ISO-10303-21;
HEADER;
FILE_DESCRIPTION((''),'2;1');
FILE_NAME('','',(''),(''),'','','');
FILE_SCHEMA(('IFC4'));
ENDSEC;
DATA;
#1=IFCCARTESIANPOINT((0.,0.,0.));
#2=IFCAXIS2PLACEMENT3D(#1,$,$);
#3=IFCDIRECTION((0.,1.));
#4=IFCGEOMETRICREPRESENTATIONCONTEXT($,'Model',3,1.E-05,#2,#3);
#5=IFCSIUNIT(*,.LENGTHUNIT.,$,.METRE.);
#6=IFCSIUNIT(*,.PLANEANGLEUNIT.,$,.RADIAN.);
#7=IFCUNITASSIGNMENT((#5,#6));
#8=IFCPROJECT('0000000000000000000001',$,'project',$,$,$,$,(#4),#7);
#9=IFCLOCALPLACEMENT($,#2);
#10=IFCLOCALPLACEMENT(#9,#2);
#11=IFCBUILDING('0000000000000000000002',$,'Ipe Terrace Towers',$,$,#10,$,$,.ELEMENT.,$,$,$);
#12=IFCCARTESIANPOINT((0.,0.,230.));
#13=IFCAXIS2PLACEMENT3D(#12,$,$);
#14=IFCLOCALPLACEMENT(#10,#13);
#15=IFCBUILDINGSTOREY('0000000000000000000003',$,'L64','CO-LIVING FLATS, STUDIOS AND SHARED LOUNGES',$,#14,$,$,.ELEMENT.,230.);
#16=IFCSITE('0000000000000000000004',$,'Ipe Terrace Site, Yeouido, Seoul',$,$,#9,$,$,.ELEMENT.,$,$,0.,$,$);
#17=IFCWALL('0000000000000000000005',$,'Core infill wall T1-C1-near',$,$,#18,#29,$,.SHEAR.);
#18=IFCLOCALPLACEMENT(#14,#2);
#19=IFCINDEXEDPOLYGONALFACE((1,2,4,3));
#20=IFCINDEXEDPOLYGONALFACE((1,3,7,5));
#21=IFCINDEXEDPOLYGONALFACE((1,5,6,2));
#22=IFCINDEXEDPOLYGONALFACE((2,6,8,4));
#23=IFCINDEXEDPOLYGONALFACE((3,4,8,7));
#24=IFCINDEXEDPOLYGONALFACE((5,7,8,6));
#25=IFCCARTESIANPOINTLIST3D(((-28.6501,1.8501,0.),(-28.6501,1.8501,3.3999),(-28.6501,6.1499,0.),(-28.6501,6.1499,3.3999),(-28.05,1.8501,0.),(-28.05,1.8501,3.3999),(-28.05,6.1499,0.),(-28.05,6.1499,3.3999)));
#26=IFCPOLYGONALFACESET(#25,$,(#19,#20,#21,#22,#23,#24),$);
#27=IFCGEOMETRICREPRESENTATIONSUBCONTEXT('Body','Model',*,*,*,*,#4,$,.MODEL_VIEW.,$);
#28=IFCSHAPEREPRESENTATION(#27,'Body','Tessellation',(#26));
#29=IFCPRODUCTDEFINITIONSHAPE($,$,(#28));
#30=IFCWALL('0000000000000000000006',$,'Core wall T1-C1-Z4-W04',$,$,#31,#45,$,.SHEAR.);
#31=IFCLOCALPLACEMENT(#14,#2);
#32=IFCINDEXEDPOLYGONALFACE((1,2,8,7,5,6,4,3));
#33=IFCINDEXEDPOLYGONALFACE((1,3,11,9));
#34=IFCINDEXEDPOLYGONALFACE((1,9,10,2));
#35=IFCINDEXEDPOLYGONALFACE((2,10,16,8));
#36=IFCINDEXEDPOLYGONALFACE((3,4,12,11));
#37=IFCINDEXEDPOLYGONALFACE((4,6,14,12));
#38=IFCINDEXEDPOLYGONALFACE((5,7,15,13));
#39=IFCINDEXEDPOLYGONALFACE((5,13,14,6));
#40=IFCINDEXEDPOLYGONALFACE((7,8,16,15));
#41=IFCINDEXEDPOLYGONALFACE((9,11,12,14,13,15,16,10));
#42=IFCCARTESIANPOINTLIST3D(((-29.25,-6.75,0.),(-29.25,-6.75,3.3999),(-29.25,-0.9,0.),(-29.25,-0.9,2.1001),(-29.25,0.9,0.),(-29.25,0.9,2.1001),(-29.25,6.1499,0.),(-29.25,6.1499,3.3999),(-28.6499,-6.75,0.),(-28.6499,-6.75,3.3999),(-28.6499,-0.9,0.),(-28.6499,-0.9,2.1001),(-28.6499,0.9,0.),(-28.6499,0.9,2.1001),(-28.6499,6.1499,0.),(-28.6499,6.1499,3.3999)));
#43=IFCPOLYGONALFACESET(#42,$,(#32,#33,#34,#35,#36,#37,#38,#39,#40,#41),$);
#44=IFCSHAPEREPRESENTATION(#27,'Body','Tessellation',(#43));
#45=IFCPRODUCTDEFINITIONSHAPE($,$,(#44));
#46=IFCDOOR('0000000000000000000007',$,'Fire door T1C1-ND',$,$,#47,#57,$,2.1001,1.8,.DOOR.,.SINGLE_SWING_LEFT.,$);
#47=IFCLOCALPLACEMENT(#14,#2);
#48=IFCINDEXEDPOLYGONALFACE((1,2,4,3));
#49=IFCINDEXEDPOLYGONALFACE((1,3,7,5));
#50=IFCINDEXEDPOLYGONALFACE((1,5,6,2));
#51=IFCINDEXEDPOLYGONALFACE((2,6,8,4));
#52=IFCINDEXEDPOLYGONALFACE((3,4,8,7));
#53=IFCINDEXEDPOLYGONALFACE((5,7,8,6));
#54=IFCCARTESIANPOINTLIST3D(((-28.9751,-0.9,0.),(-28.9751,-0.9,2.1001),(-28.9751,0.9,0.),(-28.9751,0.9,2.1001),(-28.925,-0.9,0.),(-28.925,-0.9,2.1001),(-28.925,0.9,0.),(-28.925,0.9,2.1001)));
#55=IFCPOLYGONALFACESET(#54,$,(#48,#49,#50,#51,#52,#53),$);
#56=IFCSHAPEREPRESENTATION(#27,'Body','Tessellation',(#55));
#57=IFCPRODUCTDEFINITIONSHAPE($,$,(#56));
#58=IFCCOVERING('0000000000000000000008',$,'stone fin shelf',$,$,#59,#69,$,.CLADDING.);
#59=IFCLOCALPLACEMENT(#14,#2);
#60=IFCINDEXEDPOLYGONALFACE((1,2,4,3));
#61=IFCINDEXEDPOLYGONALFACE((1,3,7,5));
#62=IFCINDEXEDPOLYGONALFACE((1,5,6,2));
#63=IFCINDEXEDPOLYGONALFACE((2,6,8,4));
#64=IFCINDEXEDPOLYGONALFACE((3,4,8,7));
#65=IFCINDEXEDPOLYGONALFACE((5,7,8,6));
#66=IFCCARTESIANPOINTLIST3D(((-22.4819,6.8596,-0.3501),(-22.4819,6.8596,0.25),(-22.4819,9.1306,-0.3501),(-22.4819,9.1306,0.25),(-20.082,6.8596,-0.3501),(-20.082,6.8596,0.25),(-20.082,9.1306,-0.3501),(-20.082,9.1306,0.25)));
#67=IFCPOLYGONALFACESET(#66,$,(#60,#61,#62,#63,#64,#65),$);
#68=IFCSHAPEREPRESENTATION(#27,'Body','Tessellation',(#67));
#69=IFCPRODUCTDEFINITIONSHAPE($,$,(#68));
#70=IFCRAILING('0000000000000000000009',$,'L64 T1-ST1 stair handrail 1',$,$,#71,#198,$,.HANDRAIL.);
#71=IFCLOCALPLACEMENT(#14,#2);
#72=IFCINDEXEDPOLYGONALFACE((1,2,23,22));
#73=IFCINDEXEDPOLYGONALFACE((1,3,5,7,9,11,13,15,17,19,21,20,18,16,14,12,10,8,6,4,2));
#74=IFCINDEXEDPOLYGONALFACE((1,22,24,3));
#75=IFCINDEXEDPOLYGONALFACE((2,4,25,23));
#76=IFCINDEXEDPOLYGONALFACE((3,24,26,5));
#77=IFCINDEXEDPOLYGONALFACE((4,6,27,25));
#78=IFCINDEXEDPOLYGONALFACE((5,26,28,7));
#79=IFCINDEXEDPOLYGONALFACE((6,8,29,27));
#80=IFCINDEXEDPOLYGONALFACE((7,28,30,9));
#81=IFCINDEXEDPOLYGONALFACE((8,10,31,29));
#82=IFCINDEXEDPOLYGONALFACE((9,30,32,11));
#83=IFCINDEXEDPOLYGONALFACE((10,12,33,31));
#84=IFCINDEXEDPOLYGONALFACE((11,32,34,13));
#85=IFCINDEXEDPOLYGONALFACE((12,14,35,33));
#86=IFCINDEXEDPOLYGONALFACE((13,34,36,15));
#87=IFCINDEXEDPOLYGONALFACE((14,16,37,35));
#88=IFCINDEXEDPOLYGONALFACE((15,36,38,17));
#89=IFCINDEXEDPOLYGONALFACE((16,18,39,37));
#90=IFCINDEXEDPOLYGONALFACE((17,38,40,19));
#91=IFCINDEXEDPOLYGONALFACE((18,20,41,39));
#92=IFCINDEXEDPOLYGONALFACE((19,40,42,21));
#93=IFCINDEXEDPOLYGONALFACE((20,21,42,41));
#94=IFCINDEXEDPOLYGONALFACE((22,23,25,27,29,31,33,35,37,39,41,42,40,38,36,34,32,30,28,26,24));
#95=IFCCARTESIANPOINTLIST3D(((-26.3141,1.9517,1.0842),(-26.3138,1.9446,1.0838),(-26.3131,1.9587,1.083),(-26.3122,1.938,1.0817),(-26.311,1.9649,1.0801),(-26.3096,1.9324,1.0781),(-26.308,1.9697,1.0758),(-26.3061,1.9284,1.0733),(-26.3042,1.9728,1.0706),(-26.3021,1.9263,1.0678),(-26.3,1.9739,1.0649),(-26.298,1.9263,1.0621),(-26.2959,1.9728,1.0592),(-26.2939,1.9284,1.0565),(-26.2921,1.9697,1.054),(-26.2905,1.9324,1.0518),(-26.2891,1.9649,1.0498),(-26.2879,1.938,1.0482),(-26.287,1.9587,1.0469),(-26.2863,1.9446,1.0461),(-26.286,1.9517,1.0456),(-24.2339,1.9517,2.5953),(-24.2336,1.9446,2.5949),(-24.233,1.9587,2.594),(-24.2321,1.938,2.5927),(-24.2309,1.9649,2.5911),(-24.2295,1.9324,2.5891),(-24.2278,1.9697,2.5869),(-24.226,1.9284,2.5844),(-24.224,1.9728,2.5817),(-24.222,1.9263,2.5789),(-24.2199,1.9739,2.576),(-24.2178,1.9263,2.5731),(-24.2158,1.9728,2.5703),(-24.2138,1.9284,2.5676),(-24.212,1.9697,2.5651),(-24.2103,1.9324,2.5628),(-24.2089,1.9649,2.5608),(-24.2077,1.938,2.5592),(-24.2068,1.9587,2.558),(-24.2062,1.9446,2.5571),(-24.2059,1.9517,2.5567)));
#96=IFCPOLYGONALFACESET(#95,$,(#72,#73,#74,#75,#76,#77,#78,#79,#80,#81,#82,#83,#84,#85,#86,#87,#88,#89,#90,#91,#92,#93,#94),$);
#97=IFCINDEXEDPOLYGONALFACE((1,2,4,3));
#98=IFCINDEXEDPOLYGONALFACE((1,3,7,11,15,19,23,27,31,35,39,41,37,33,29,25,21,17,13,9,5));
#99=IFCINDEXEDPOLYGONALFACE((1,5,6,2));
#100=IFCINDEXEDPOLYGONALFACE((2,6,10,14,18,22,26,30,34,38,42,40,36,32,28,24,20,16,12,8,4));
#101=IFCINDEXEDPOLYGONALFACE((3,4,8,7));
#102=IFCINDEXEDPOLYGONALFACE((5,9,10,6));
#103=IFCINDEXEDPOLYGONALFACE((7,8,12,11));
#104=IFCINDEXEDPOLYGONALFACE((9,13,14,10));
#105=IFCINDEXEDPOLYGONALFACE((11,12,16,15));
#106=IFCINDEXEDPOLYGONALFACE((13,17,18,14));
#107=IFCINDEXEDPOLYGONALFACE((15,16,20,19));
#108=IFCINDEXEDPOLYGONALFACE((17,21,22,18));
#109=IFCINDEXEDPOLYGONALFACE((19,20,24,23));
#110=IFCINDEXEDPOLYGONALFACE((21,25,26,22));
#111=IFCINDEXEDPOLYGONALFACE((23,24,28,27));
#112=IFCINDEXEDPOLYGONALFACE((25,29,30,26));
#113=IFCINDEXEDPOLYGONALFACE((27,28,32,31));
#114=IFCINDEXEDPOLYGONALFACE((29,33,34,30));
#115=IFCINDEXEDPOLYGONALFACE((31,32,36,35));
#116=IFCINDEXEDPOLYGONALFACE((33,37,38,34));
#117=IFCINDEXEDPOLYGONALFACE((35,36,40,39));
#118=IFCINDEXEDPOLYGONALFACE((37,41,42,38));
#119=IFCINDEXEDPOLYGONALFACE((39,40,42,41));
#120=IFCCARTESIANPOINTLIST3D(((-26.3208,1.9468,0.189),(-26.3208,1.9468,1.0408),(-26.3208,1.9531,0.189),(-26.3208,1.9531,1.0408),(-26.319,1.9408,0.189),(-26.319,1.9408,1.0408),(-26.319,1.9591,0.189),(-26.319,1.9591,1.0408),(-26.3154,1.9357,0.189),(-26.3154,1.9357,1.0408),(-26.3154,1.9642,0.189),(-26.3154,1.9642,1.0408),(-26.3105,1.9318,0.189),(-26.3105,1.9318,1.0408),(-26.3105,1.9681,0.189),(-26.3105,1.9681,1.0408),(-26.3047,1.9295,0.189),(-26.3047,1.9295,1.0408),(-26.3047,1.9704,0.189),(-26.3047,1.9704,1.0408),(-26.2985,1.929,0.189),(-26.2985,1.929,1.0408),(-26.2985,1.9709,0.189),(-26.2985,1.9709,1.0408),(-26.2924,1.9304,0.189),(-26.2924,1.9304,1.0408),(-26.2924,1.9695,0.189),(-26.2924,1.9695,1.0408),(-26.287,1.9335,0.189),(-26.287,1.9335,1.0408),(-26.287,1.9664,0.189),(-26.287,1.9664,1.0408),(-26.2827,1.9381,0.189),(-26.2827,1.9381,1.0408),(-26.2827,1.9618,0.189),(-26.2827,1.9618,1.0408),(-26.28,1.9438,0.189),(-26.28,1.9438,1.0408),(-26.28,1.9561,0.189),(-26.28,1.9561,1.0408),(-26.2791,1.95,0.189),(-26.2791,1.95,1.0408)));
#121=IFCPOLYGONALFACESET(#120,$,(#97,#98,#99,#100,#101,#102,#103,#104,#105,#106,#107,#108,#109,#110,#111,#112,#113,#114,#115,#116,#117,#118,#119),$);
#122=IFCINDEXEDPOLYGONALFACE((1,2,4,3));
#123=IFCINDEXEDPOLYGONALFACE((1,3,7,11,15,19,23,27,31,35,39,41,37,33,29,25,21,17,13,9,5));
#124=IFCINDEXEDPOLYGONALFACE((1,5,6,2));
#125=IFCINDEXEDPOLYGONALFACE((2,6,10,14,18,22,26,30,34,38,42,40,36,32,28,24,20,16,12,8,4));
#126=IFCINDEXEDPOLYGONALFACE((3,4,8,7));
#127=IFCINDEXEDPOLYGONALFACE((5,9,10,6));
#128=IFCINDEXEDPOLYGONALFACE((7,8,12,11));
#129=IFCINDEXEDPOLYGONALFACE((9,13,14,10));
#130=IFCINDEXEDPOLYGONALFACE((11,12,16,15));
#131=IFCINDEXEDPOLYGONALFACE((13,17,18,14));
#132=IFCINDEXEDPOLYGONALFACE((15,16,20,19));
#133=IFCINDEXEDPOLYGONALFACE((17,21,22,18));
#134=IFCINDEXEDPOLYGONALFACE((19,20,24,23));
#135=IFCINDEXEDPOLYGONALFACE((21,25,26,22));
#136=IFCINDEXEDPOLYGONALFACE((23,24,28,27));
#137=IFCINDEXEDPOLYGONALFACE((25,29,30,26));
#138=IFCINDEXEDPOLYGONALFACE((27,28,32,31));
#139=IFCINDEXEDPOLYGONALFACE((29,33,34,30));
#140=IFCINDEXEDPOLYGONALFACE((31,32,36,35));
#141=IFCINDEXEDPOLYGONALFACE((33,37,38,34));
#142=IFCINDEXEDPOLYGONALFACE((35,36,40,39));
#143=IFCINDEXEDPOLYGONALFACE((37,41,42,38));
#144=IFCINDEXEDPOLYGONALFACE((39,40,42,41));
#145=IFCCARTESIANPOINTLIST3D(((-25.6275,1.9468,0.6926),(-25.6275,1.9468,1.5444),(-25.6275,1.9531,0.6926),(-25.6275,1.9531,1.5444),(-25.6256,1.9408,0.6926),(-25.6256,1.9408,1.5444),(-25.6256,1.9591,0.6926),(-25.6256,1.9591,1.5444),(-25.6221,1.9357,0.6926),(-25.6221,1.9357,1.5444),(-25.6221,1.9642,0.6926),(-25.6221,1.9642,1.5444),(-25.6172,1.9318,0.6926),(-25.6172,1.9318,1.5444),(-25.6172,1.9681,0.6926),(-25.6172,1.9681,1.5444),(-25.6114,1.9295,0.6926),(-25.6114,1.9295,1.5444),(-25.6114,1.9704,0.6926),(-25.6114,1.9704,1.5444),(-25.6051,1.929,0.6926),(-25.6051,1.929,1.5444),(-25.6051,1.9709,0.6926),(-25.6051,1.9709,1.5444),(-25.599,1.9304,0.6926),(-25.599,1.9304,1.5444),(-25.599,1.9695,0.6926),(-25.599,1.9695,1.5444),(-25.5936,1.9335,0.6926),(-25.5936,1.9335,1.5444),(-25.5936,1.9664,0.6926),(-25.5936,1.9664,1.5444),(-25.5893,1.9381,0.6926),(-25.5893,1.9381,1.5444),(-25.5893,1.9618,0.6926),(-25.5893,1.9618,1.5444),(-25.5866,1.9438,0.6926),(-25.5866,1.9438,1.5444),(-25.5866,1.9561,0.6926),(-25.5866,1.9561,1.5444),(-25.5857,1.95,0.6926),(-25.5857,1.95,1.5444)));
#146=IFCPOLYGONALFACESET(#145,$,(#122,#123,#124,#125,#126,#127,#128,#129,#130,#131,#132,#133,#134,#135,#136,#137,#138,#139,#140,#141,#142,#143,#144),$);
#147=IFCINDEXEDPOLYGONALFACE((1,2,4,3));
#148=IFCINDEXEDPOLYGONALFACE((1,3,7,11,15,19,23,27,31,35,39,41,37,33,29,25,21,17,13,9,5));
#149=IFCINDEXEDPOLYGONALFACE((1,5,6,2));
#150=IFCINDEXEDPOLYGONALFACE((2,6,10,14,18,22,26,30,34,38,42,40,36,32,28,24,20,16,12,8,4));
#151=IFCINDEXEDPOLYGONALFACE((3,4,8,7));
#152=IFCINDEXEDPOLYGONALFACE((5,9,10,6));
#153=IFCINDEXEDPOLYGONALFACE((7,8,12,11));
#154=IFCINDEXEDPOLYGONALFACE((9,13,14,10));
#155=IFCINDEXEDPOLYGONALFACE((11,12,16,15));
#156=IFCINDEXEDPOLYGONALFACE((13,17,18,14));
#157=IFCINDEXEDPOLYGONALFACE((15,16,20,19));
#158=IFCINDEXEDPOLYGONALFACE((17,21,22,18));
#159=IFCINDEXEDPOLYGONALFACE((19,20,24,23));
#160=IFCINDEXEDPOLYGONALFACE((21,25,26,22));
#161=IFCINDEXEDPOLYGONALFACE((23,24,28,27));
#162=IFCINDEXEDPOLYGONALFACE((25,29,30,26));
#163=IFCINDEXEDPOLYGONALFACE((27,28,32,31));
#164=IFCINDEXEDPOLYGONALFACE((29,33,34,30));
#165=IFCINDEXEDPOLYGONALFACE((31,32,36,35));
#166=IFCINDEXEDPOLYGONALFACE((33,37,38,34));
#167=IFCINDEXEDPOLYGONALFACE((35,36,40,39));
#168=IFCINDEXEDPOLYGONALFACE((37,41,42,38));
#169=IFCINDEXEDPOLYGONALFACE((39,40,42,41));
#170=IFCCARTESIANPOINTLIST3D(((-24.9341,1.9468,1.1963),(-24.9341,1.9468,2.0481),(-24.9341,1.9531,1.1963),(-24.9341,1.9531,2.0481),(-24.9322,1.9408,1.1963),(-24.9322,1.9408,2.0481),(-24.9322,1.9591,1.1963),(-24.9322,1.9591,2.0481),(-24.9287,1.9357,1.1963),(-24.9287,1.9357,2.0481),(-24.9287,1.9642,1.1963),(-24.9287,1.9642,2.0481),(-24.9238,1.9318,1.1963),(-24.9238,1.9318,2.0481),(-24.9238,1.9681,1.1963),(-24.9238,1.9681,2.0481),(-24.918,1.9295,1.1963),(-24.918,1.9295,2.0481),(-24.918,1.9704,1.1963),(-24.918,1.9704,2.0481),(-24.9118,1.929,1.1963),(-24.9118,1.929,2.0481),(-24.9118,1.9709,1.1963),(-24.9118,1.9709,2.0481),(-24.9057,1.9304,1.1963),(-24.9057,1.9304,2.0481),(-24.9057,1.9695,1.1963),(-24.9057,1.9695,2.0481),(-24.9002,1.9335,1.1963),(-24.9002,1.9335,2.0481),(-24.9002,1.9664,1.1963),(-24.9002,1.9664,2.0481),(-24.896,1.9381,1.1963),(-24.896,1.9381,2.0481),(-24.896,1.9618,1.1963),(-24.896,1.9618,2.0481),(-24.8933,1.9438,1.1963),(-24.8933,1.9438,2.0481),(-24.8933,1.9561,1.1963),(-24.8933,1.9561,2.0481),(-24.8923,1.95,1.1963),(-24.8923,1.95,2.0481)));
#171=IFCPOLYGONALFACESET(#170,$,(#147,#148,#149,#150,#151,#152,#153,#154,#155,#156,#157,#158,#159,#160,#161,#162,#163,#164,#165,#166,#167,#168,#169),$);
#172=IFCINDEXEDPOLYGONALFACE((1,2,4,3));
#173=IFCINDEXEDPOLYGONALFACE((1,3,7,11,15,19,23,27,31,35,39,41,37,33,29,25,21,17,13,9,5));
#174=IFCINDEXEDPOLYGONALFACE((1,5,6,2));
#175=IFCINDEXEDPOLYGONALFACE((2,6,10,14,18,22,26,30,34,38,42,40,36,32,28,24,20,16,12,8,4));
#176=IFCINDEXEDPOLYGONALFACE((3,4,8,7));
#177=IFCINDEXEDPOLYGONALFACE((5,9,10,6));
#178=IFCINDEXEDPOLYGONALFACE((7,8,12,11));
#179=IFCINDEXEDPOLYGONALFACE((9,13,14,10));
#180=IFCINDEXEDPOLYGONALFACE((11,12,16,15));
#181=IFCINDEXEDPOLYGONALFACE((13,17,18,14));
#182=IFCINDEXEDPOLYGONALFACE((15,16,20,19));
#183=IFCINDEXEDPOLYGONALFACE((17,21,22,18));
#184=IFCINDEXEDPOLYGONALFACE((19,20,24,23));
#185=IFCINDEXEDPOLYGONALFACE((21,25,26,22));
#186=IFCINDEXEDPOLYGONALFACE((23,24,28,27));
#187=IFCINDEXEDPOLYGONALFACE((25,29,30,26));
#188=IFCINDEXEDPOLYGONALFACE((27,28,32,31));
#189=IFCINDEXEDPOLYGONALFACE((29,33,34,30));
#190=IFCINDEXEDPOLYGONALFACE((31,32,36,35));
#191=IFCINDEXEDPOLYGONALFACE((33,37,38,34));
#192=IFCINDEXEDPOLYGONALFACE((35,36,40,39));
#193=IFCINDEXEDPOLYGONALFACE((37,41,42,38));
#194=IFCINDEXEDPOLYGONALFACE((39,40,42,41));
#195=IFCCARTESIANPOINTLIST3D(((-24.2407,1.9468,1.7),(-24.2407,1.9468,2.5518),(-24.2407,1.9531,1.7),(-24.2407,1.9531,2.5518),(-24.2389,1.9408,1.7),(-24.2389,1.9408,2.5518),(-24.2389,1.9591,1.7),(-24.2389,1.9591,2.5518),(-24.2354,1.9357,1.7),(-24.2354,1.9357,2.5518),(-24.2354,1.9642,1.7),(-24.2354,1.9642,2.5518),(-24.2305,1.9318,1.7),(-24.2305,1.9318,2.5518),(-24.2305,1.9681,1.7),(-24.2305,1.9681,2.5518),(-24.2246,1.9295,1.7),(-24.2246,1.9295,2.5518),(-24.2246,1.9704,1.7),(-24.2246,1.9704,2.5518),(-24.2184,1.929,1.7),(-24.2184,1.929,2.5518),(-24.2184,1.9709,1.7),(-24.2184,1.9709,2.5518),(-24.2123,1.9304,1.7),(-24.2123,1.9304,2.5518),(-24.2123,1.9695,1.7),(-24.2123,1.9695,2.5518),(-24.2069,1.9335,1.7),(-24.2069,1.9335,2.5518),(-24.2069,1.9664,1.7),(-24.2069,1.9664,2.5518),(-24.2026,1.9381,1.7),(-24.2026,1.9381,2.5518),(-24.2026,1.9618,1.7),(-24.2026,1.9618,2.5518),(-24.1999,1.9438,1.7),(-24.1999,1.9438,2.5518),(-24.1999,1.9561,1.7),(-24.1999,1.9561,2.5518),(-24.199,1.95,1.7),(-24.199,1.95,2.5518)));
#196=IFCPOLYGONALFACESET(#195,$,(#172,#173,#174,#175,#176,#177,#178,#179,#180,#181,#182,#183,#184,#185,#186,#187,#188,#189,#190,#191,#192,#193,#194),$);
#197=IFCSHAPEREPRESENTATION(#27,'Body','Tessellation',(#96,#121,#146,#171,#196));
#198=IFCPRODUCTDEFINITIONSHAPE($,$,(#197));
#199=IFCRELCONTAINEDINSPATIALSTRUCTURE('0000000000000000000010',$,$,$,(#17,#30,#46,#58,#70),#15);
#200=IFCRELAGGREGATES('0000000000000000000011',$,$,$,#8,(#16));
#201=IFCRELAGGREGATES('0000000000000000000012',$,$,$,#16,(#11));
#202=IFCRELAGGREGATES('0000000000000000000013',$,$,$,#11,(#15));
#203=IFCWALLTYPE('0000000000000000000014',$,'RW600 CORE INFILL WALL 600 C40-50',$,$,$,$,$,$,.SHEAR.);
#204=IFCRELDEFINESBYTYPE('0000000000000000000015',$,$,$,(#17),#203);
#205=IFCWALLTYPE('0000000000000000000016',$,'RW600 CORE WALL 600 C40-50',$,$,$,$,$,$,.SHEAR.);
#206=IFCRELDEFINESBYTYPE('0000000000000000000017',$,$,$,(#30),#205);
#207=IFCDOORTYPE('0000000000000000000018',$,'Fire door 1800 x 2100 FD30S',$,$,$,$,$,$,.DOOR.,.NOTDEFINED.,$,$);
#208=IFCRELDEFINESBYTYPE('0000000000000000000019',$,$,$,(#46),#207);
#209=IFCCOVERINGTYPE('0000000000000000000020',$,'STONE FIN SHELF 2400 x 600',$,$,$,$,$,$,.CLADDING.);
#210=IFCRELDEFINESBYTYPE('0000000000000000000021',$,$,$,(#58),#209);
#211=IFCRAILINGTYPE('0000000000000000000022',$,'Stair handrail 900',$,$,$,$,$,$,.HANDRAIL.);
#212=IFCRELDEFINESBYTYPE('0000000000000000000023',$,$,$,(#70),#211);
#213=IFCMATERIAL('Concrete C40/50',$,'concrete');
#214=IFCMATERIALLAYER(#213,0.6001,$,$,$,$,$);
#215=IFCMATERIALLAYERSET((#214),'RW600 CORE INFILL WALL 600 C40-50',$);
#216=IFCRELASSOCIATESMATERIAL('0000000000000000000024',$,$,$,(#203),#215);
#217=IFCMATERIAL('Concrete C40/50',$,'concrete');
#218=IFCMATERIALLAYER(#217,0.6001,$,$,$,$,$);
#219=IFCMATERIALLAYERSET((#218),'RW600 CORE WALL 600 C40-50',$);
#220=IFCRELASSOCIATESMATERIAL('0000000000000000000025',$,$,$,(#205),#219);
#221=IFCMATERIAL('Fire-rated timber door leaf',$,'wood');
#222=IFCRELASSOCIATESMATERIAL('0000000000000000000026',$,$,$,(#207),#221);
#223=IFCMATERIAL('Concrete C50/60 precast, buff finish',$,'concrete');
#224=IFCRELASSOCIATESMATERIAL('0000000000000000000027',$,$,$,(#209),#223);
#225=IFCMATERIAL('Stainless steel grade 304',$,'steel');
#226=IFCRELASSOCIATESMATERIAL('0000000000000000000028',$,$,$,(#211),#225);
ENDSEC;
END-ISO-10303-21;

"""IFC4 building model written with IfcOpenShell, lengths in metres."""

from ifc_helpers import new_model, si_unit, direction, frame, frame_2d, origin, origin_2d, place, context, subcontext, project, spatial, rectangle, circle, extrude, material, layer, layer_set, type_object, element, fill, save


model = new_model("IFC4")

# Units and contexts
model_context = context("Model", 3, precision=1e-05, world=origin(), true_north=direction((0.0, 1.0)))
body_context = subcontext(model_context, "Body", "Model", "MODEL_VIEW")
ifc_project = project(units=[si_unit("LENGTHUNIT", "METRE"), si_unit("PLANEANGLEUNIT", "RADIAN")], contexts=[model_context])

# Site, building, storey
site_placement = place(None, origin())
site = spatial("IfcSite", under=ifc_project, at=site_placement, Name="Ipe Terrace Site, Yeouido, Seoul", CompositionType="ELEMENT", RefElevation=0.0)
building_placement = place(site_placement, origin())
building = spatial("IfcBuilding", under=site, at=building_placement, Name="Ipe Terrace Towers", CompositionType="ELEMENT")
storey_placement = place(building_placement, frame((0.0, 0.0, 230.0)))
storey = spatial("IfcBuildingStorey", under=building, at=storey_placement, Name="L64", Description="CO-LIVING FLATS, STUDIOS AND SHARED LOUNGES", CompositionType="ELEMENT", Elevation=230.0)

# Wall
ifc_material_1 = material(Name="Concrete C40/50", Category="concrete")
ifc_layer_1 = layer(ifc_material_1, 0.6001)
ifc_layer_set_1 = layer_set([ifc_layer_1], Name="RW600 CORE INFILL WALL 600 C40-50")
wall_type_1 = type_object("IfcWallType", Name="RW600 CORE INFILL WALL 600 C40-50", PredefinedType="SHEAR", material=ifc_layer_set_1)
wall_1_placement = place(storey_placement, frame((-28.3501, 1.8501, 0.0), z_axis=(0.0, 0.0, 1.0), x_axis=(0.0, 1.0, 0.0)))
element("IfcWall", 1, at=wall_1_placement, inside=storey, type_object=wall_type_1, Name="Core infill wall T1-C1-near", PredefinedType="SHEAR", context=body_context, shape_type="SweptSolid", body=[
    extrude(rectangle(XDim=4.2998, YDim=0.6001, at=frame_2d((2.1499, 0.0))), origin(), (0.0, 0.0, 1.0), 3.3999),
])

# Wall, opening, door
ifc_material_2 = material(Name="Concrete C40/50", Category="concrete")
ifc_layer_2 = layer(ifc_material_2, 0.6001)
ifc_layer_set_2 = layer_set([ifc_layer_2], Name="RW600 CORE WALL 600 C40-50")
wall_type_2 = type_object("IfcWallType", Name="RW600 CORE WALL 600 C40-50", PredefinedType="SHEAR", material=ifc_layer_set_2)
wall_2_placement = place(storey_placement, frame((-28.95, 6.1499, 0.0), z_axis=(0.0, 0.0, 1.0), x_axis=(0.0, -1.0, 0.0)))
wall_2 = element("IfcWall", 2, at=wall_2_placement, inside=storey, type_object=wall_type_2, Name="Core wall T1-C1-Z4-W04", PredefinedType="SHEAR", context=body_context, shape_type="SweptSolid", body=[
    extrude(rectangle(XDim=12.8999, YDim=0.6001, at=frame_2d((6.45, 0.0))), origin(), (0.0, 0.0, 1.0), 3.3999),
])
opening_1_placement = place(wall_2_placement, frame((5.25, 0.0, 0.0)))
opening_1 = element("IfcOpeningElement", 3, at=opening_1_placement, cuts=wall_2, PredefinedType="OPENING", context=body_context, shape_type="SweptSolid", body=[
    extrude(rectangle(XDim=1.8, YDim=2.1001, at=frame_2d((0.8999, 1.05))), frame((0.0, 0.3101, 0.0), z_axis=(0.0, -1.0, 0.0), x_axis=(1.0, 0.0, 0.0)), (0.0, 0.0, 1.0), 0.6201),
])
ifc_material_3 = material(Name="Fire-rated timber door leaf", Category="wood")
door_type_1 = type_object("IfcDoorType", Name="Fire door 1800 x 2100 FD30S", OperationType="NOTDEFINED", PredefinedType="DOOR", material=ifc_material_3)
door_1_placement = place(opening_1_placement, origin())
door_1 = element("IfcDoor", 4, at=door_1_placement, inside=storey, type_object=door_type_1, Name="Fire door T1C1-ND", OperationType="SINGLE_SWING_LEFT", OverallHeight=2.1001, OverallWidth=1.8, PredefinedType="DOOR", context=body_context, shape_type="SweptSolid", body=[
    extrude(rectangle(XDim=1.8, YDim=2.1001, at=frame_2d((0.8999, 1.05))), frame((0.0, 0.0249, 0.0), z_axis=(0.0, -1.0, 0.0), x_axis=(1.0, 0.0, 0.0)), (0.0, 0.0, 1.0), 0.05),
])
fill(opening_1, door_1)

# Covering
ifc_material_4 = material(Name="Concrete C50/60 precast, buff finish", Category="concrete")
covering_type = type_object("IfcCoveringType", Name="STONE FIN SHELF 2400 x 600", PredefinedType="CLADDING", material=ifc_material_4)
covering_placement = place(storey_placement, frame((-21.282, 7.9951, -0.3501), z_axis=(0.0, 0.0, 1.0), x_axis=(-1.0, 0.0, 0.0)))
element("IfcCovering", 5, at=covering_placement, inside=storey, type_object=covering_type, Name="stone fin shelf", PredefinedType="CLADDING", context=body_context, shape_type="SweptSolid", body=[
    extrude(rectangle(XDim=2.3999, YDim=2.271, at=origin_2d()), origin(), (0.0, 0.0, 1.0), 0.6001),
])

# Railing
ifc_material_5 = material(Name="Stainless steel grade 304", Category="steel")
railing_type_1 = type_object("IfcRailingType", Name="Stair handrail 900", PredefinedType="HANDRAIL", material=ifc_material_5)
railing_1_placement = place(storey_placement, frame((-26.3, 1.95, 0.189)))
element("IfcRailing", 6, at=railing_1_placement, inside=storey, type_object=railing_type_1, Name="L64 T1-ST1 stair handrail 1", PredefinedType="HANDRAIL", context=body_context, shape_type="SweptSolid", body=[
    extrude(circle(Radius=0.0239, at=origin_2d()), frame((0.0, 0.0, 0.876), z_axis=(0.809069, 0.0, 0.587714), x_axis=(0.0, 1.0, 0.0)), (0.0, 0.0, 1.0), 2.571),
    extrude(circle(Radius=0.021, at=origin_2d()), origin(), (0.0, 0.0, 1.0), 0.8518),
    extrude(circle(Radius=0.021, at=origin_2d()), frame((0.6934, 0.0, 0.5037)), (0.0, 0.0, 1.0), 0.8518),
    extrude(circle(Radius=0.021, at=origin_2d()), frame((1.3867, 0.0, 1.0073)), (0.0, 0.0, 1.0), 0.8518),
    extrude(circle(Radius=0.021, at=origin_2d()), frame((2.0801, 0.0, 1.511)), (0.0, 0.0, 1.0), 0.8518),
])

save(model, "model.ifc")
